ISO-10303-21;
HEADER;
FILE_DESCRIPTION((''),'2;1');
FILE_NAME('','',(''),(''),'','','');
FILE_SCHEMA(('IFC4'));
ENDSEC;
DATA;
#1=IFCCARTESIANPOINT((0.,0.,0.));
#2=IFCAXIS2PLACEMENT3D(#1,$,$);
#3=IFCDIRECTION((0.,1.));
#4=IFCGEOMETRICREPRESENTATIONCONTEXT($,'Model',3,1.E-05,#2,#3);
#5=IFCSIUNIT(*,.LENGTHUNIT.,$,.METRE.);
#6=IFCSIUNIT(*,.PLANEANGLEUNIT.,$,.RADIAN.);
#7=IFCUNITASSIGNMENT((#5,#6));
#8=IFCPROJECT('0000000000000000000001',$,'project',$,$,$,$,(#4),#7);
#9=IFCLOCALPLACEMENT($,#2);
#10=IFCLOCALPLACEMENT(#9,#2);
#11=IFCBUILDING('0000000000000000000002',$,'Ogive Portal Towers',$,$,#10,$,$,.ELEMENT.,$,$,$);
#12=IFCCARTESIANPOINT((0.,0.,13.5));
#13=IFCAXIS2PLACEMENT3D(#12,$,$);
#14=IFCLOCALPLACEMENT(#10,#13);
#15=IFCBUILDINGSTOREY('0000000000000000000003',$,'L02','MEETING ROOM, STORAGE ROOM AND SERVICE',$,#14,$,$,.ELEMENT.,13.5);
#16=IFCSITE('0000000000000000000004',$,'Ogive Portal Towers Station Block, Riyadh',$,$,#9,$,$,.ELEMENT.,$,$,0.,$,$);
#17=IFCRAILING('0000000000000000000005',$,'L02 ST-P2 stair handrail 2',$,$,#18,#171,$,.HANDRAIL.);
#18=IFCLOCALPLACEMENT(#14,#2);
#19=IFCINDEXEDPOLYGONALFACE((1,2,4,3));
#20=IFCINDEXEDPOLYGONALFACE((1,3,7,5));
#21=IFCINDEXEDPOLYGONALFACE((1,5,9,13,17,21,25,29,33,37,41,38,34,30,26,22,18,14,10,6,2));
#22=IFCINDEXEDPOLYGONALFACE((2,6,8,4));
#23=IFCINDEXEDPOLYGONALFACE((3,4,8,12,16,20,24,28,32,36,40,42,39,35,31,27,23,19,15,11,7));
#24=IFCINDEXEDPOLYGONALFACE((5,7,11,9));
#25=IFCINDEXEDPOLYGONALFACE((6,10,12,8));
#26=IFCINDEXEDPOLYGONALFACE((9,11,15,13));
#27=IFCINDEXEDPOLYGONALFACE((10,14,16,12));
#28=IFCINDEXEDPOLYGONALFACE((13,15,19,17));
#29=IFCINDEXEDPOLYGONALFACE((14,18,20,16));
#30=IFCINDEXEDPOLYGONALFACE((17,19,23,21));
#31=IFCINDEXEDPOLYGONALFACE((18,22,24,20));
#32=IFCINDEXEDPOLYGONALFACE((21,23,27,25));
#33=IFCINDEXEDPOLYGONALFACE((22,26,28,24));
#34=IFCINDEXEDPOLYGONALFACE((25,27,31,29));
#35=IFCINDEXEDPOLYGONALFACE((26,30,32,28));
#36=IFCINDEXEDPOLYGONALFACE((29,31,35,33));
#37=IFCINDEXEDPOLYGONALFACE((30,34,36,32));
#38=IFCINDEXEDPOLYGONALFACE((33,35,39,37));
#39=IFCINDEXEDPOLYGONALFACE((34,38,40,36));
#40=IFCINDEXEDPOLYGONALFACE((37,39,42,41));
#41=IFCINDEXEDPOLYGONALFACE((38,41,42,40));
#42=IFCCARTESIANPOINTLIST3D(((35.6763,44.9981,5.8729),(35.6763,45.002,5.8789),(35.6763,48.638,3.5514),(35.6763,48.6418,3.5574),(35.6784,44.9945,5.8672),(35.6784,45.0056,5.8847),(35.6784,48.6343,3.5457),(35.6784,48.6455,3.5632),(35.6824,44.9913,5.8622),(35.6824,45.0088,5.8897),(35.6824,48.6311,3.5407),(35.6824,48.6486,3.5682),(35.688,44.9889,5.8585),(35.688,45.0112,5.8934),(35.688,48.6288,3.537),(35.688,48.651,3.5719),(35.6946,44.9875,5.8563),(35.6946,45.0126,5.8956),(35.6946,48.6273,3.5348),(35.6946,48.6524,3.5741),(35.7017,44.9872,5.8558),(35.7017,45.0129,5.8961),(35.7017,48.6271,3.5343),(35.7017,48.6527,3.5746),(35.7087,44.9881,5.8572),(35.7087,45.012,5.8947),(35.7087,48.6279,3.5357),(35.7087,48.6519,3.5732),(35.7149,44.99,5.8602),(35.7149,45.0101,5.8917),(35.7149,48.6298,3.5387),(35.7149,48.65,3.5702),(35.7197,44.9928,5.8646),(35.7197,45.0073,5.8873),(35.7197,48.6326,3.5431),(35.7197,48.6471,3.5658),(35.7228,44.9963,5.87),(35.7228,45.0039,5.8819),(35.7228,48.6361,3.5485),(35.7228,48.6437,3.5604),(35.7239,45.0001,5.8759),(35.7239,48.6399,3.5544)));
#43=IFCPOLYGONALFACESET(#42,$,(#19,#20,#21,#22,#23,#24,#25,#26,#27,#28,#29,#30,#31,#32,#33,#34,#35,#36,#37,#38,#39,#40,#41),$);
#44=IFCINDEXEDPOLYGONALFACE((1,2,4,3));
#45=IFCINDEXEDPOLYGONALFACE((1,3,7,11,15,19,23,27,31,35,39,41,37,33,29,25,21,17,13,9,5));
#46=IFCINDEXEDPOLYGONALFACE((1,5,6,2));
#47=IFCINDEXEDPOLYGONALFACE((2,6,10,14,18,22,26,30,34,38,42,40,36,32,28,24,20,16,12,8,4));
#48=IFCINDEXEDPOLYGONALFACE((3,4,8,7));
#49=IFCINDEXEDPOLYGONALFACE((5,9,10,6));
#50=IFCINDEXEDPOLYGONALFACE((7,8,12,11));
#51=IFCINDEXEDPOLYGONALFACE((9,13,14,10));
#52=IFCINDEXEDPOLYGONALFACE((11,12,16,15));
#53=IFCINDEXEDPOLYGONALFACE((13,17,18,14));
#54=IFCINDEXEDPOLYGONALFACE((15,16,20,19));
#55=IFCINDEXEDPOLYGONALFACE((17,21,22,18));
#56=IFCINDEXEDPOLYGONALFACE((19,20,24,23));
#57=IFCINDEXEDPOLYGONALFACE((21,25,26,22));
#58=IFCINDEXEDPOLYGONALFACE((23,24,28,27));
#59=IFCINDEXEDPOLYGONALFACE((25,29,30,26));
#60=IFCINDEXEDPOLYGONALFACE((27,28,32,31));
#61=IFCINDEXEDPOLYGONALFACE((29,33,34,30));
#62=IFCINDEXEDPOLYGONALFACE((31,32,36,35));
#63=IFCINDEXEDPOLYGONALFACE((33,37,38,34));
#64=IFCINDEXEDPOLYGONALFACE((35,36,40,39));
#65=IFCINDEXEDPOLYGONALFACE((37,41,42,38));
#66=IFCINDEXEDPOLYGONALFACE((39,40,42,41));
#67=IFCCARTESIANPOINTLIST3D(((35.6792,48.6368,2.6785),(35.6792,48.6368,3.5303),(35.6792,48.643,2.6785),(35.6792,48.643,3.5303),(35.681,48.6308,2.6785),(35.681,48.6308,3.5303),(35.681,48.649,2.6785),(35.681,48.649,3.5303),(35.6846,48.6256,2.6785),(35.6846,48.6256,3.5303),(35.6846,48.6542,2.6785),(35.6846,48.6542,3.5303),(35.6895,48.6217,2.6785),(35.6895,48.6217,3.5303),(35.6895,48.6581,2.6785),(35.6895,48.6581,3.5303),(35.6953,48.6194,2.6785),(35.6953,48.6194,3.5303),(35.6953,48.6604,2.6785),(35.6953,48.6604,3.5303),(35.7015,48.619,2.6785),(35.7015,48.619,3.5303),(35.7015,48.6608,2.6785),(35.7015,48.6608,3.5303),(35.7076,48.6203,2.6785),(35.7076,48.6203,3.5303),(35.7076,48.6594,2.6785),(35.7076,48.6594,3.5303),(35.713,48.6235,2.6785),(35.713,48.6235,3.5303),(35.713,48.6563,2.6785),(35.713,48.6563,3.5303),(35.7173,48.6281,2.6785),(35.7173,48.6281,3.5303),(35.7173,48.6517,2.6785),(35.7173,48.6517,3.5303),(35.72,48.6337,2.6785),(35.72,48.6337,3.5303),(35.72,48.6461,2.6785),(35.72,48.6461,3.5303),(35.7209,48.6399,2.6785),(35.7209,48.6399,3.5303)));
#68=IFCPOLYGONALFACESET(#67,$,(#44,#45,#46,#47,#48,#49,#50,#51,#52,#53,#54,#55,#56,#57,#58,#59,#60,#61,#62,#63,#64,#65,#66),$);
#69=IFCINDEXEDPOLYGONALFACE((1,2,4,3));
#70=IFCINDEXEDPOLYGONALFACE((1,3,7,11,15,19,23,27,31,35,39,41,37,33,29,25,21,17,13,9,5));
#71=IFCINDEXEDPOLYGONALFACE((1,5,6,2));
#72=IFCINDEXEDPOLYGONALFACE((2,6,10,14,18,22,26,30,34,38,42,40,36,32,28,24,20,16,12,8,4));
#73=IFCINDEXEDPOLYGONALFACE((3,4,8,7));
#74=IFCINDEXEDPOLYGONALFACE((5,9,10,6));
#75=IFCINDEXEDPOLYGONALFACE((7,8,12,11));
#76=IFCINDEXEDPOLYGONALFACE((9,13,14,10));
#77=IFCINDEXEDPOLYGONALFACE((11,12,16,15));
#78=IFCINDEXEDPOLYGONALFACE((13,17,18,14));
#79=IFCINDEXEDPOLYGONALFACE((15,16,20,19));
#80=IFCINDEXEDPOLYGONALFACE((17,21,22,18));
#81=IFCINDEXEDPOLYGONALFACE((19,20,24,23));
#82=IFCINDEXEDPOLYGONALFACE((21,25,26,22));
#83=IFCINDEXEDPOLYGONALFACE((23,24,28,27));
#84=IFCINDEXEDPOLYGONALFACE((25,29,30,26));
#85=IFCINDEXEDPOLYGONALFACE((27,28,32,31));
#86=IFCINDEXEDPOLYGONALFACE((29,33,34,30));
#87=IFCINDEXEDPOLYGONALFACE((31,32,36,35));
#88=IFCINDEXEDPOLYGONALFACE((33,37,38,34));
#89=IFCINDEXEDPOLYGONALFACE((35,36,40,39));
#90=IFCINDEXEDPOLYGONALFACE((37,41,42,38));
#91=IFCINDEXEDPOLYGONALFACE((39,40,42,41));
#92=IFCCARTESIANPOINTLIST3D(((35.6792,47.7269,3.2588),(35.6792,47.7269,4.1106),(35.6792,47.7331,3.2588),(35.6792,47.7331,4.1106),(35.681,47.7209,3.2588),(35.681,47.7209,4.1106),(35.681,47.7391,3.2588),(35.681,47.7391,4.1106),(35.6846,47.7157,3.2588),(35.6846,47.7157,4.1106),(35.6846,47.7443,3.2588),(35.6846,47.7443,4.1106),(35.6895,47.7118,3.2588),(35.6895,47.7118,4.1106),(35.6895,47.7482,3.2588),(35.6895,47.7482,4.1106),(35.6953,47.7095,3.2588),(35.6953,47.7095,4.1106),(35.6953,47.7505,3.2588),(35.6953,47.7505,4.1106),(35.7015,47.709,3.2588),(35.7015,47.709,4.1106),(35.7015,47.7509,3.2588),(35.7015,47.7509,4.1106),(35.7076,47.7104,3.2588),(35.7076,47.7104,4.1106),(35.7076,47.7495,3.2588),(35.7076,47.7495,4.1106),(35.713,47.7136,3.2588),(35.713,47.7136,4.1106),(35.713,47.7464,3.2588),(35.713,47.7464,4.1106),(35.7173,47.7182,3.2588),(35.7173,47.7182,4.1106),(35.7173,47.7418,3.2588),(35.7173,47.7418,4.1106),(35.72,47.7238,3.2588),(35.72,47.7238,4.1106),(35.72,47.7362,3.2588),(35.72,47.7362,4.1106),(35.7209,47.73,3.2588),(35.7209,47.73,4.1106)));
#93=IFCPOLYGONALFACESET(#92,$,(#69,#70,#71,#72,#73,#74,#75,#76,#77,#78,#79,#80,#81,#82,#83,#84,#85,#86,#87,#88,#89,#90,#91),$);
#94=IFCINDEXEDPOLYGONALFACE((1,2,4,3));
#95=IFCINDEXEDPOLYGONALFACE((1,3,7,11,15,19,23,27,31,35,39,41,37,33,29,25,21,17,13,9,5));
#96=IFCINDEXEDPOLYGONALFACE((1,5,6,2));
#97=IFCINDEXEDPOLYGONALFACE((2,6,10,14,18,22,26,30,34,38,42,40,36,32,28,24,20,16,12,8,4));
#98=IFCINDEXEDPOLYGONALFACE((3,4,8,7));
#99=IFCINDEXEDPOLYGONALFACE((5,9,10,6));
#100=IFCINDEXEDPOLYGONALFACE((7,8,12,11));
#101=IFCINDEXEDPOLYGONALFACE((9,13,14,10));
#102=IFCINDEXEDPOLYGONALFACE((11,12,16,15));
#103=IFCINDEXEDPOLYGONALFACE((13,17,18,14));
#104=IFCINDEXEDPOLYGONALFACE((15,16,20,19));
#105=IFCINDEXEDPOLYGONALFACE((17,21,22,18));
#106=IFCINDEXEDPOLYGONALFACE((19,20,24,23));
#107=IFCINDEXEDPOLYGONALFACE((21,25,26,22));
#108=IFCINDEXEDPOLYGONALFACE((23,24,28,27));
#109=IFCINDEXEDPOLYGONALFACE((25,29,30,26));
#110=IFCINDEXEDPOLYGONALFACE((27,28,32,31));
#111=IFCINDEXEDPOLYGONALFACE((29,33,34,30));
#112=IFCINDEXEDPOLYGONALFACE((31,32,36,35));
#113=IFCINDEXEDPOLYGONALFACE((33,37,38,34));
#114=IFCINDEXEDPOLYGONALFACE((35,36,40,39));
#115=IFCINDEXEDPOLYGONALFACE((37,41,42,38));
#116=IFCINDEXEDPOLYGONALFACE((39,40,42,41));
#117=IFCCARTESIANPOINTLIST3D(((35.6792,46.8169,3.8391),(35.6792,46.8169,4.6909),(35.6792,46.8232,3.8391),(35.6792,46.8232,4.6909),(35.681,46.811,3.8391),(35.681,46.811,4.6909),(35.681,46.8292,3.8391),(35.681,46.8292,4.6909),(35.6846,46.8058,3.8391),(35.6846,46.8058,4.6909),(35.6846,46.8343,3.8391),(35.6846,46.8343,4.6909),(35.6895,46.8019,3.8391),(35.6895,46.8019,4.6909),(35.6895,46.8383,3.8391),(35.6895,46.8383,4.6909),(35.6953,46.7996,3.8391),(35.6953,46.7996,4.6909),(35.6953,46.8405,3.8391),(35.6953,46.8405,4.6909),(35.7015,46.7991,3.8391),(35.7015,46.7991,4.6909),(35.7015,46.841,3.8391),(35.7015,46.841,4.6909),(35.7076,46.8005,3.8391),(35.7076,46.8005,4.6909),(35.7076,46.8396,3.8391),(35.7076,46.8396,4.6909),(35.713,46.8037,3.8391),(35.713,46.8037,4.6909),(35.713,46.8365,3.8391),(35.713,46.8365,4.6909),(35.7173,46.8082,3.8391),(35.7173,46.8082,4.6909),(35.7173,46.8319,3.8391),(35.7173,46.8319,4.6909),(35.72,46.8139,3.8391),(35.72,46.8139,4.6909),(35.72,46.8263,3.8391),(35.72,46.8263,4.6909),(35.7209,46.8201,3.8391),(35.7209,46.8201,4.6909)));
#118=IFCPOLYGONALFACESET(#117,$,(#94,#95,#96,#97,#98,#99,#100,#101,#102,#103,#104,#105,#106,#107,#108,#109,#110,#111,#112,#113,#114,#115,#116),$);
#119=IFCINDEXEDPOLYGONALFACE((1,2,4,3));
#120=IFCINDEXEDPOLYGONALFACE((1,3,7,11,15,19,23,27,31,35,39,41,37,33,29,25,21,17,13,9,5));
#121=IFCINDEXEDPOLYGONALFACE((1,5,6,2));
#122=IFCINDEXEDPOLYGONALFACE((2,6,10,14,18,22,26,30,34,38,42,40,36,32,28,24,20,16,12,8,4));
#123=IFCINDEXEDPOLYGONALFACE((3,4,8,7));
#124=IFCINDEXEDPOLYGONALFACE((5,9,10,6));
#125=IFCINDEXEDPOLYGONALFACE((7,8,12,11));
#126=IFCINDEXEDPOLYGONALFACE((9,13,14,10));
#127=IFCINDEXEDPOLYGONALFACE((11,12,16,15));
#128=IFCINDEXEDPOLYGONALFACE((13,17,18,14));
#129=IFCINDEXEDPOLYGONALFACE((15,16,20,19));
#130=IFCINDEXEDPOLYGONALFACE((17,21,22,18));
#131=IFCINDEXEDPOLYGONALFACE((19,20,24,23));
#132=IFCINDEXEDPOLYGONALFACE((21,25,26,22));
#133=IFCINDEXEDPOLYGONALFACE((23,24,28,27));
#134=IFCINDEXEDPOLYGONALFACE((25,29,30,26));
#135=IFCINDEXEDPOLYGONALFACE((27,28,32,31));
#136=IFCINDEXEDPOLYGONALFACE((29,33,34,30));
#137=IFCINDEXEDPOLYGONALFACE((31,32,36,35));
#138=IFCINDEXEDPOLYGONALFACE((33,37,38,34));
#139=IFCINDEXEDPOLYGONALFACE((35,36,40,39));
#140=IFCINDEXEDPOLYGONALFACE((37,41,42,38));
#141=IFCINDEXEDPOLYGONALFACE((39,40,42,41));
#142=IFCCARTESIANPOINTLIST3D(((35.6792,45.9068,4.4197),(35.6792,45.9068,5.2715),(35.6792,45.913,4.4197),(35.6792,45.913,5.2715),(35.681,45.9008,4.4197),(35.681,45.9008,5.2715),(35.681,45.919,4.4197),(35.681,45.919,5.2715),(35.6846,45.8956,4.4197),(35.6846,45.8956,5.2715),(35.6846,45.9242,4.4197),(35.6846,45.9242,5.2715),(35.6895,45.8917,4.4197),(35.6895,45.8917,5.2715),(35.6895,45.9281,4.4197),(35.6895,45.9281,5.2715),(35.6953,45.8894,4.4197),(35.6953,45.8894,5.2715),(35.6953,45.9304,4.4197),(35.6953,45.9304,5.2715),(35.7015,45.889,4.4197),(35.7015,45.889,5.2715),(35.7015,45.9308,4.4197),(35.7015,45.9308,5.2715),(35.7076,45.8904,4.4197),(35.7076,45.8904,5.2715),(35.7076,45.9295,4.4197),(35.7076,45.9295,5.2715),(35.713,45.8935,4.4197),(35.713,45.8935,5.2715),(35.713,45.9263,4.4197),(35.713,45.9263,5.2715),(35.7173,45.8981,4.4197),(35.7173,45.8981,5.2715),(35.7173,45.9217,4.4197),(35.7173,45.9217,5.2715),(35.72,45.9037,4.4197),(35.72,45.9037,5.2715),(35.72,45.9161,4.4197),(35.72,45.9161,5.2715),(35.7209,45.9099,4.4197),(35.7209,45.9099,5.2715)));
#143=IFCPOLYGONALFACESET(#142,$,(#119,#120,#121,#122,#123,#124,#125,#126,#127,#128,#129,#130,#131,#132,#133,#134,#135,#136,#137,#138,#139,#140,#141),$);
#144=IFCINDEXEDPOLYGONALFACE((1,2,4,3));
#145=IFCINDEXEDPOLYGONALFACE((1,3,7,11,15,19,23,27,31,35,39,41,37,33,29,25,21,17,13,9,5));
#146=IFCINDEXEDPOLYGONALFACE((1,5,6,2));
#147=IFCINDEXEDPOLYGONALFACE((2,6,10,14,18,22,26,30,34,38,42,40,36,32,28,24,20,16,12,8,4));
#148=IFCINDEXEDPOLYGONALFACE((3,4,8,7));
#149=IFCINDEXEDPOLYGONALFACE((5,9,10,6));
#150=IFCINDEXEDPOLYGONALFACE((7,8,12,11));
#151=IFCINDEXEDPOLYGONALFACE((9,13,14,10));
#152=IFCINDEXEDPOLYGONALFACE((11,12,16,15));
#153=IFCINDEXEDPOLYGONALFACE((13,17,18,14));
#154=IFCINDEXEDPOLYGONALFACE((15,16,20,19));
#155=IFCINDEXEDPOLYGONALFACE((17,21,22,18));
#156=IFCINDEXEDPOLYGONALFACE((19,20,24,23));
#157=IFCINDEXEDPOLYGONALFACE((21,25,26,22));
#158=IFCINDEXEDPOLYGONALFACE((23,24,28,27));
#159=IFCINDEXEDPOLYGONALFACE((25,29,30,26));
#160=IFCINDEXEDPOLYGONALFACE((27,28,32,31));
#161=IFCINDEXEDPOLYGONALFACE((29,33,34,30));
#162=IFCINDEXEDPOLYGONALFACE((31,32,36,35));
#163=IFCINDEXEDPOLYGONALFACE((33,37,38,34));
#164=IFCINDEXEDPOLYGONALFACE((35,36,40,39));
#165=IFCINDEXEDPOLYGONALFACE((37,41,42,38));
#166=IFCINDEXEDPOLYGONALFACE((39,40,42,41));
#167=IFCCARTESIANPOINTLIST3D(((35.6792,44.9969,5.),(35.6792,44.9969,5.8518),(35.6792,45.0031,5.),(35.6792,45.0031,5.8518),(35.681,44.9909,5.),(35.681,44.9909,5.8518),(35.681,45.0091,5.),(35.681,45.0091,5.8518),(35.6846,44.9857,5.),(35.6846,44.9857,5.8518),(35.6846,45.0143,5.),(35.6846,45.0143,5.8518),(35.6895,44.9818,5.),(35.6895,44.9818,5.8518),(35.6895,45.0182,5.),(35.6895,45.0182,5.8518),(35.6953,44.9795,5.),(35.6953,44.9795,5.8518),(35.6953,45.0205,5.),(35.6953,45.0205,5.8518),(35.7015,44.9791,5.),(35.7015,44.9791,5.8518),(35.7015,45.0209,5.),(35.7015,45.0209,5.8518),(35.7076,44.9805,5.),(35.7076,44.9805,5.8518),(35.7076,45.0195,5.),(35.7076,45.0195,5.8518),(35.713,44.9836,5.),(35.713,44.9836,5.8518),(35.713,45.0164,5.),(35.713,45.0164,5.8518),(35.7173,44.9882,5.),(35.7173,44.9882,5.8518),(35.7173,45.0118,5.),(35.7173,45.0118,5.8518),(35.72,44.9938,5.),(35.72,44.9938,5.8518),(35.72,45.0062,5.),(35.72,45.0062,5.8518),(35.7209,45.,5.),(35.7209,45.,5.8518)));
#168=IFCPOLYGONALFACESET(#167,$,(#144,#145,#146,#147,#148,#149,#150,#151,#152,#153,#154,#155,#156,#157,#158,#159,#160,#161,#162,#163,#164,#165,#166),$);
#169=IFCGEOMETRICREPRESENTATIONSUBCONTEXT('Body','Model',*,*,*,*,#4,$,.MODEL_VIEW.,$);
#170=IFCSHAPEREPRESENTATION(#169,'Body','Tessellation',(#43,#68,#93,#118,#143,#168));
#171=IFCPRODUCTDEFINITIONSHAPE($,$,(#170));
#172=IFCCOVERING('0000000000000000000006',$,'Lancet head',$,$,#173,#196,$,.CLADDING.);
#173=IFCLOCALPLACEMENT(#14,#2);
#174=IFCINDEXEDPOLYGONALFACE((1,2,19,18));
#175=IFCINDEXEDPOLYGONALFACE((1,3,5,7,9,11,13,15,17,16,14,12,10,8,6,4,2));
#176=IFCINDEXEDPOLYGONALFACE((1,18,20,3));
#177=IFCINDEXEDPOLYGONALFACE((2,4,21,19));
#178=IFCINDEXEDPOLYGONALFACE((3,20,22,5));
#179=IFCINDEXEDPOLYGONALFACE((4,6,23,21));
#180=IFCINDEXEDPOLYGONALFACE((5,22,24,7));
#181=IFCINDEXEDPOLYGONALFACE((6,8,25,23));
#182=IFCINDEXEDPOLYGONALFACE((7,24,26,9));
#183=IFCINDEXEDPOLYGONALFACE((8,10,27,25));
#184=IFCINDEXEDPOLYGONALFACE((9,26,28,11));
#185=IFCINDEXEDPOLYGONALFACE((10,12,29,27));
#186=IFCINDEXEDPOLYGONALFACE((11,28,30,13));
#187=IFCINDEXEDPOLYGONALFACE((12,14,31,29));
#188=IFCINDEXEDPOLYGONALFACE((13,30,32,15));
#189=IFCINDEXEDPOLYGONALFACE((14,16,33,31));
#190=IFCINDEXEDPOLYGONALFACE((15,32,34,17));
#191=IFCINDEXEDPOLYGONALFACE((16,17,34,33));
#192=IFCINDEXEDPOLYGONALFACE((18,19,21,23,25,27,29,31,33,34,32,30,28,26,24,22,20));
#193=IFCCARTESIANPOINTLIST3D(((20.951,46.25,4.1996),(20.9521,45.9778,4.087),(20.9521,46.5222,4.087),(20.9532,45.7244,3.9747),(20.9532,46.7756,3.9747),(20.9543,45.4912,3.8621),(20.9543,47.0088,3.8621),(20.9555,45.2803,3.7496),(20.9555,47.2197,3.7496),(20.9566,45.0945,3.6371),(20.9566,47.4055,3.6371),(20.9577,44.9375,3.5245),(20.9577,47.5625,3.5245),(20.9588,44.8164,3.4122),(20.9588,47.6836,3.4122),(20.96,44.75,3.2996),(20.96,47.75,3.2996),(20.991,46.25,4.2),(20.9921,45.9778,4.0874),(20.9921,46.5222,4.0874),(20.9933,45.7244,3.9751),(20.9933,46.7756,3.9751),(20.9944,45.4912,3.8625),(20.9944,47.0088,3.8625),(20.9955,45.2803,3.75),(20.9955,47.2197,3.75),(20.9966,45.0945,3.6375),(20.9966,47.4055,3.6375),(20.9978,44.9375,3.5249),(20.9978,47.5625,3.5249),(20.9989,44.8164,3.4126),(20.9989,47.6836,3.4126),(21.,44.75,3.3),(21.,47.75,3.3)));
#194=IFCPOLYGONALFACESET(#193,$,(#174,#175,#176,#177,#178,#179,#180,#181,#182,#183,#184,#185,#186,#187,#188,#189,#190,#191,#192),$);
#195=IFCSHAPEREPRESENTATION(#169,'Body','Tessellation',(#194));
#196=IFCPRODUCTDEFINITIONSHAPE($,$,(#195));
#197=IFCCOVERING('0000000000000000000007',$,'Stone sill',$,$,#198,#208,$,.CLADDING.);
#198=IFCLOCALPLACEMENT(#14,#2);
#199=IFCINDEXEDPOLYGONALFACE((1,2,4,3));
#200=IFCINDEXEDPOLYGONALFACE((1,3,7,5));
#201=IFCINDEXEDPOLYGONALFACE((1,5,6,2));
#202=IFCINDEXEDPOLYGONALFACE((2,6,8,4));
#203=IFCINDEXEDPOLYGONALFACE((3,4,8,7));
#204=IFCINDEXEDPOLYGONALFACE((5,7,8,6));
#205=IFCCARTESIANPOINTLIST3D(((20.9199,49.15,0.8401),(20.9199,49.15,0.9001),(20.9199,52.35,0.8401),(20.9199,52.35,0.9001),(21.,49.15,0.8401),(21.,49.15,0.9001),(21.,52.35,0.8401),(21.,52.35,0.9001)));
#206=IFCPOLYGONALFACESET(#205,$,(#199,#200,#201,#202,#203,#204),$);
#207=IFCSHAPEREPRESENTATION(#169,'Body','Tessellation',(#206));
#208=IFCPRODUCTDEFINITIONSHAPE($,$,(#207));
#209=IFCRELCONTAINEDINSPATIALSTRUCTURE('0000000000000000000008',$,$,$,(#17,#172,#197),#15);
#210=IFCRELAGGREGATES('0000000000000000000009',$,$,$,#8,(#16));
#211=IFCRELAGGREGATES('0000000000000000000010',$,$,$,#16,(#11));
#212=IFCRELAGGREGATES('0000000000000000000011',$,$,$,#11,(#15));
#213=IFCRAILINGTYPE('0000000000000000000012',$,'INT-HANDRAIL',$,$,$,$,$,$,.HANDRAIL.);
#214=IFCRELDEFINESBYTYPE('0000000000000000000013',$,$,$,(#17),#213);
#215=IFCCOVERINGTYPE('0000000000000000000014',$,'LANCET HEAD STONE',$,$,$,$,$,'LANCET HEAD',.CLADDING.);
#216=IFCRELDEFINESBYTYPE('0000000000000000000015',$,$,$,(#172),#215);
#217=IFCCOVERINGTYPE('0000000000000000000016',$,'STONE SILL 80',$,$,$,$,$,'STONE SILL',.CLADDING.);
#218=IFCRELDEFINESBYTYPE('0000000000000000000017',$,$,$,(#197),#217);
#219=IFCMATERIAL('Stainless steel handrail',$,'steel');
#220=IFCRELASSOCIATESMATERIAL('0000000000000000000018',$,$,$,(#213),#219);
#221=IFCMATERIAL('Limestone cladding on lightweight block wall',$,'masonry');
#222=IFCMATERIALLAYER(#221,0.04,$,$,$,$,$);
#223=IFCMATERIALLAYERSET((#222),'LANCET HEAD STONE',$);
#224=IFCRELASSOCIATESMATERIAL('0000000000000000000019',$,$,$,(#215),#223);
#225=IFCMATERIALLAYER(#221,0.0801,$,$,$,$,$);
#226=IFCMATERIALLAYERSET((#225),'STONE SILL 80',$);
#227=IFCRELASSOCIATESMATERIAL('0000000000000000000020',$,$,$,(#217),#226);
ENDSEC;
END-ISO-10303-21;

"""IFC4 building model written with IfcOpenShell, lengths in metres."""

from ifc_helpers import new_model, si_unit, direction, frame, origin, origin_2d, place, context, subcontext, project, spatial, polyline, rectangle, circle, outline, extrude, material, layer, layer_set, type_object, element, save


model = new_model("IFC4")

# Units and contexts
model_context = context("Model", 3, precision=1e-05, world=origin(), true_north=direction((0.0, 1.0)))
body_context = subcontext(model_context, "Body", "Model", "MODEL_VIEW")
ifc_project = project(units=[si_unit("LENGTHUNIT", "METRE"), si_unit("PLANEANGLEUNIT", "RADIAN")], contexts=[model_context])

# Site, building, storey
site_placement = place(None, origin())
site = spatial("IfcSite", under=ifc_project, at=site_placement, Name="Ogive Portal Towers Station Block, Riyadh", CompositionType="ELEMENT", RefElevation=0.0)
building_placement = place(site_placement, origin())
building = spatial("IfcBuilding", under=site, at=building_placement, Name="Ogive Portal Towers", CompositionType="ELEMENT")
storey_placement = place(building_placement, frame((0.0, 0.0, 13.5)))
storey = spatial("IfcBuildingStorey", under=building, at=storey_placement, Name="L02", Description="MEETING ROOM, STORAGE ROOM AND SERVICE", CompositionType="ELEMENT", Elevation=13.5)

# Railing
ifc_material_1 = material(Name="Stainless steel handrail", Category="steel")
railing_type_1 = type_object("IfcRailingType", Name="INT-HANDRAIL", PredefinedType="HANDRAIL", material=ifc_material_1)
railing_1_placement = place(storey_placement, frame((35.7, 48.6399, 2.6785)))
element("IfcRailing", 1, at=railing_1_placement, inside=storey, type_object=railing_type_1, Name="L02 ST-P2 stair handrail 2", PredefinedType="HANDRAIL", context=body_context, shape_type="SweptSolid", body=[
    extrude(circle(Radius=0.0239, at=origin_2d()), frame((0.0, 0.0, 0.876), z_axis=(0.0, -0.843112, 0.537739), x_axis=(1.0, 0.0, 0.0)), (0.0, 0.0, 1.0), 4.3171),
    extrude(circle(Radius=0.021, at=origin_2d()), origin(), (0.0, 0.0, 1.0), 0.8518),
    extrude(circle(Radius=0.021, at=origin_2d()), frame((0.0, -0.9099, 0.5803)), (0.0, 0.0, 1.0), 0.8518),
    extrude(circle(Radius=0.021, at=origin_2d()), frame((0.0, -1.8198, 1.1606)), (0.0, 0.0, 1.0), 0.8518),
    extrude(circle(Radius=0.021, at=origin_2d()), frame((0.0, -2.73, 1.7412)), (0.0, 0.0, 1.0), 0.8518),
    extrude(circle(Radius=0.021, at=origin_2d()), frame((0.0, -3.6399, 2.3215)), (0.0, 0.0, 1.0), 0.8518),
])

# Coverings
ifc_material_2 = material(Name="Limestone cladding on lightweight block wall", Category="masonry")
ifc_layer_1 = layer(ifc_material_2, 0.04)
ifc_layer_set_1 = layer_set([ifc_layer_1], Name="LANCET HEAD STONE")
covering_type_1 = type_object("IfcCoveringType", Name="LANCET HEAD STONE", ElementType="LANCET HEAD", PredefinedType="CLADDING", material=ifc_layer_set_1)
covering_placement = place(storey_placement, frame((21.0, 47.75, 3.3), z_axis=(0.99995, 0.0, 0.009994), x_axis=(0.0, -1.0, 0.0)))
element("IfcCovering", 2, at=covering_placement, inside=storey, type_object=covering_type_1, Name="Lancet head", PredefinedType="CLADDING", context=body_context, shape_type="SweptSolid", body=[
    extrude(outline(polyline([(0.0, 0.0), (3.0, 0.0), (2.9336, -0.1126), (2.8125, -0.2249), (2.6555, -0.3374), (2.4697, -0.45), (2.2588, -0.5625), (2.0256, -0.6751), (1.7722, -0.7874), (1.5, -0.8999), (1.2278, -0.7874), (0.9744, -0.6751), (0.7412, -0.5625), (0.5303, -0.45), (0.3445, -0.3374), (0.1875, -0.2249), (0.0664, -0.1126), (0.0, 0.0)])), origin(), (0.0, 0.0, -1.0), 0.04),
])
ifc_layer_2 = layer(ifc_material_2, 0.0801)
ifc_layer_set_2 = layer_set([ifc_layer_2], Name="STONE SILL 80")
covering_type_2 = type_object("IfcCoveringType", Name="STONE SILL 80", ElementType="STONE SILL", PredefinedType="CLADDING", material=ifc_layer_set_2)
for number, where, z_axis, x_axis, name in (
    (3, (20.96, 50.75, 0.8401), (0.0, 0.0, 1.0), (0.0, -1.0, 0.0), "Stone sill"),
):
    element("IfcCovering", number, at=place(storey_placement, frame(where, z_axis=z_axis, x_axis=x_axis)), inside=storey, type_object=covering_type_2, Name=name, PredefinedType="CLADDING", context=body_context, shape_type="SweptSolid", body=[
        extrude(rectangle(XDim=3.2, YDim=0.0801, at=origin_2d()), origin(), (0.0, 0.0, 1.0), 0.0601),
    ])

save(model, "model.ifc")
